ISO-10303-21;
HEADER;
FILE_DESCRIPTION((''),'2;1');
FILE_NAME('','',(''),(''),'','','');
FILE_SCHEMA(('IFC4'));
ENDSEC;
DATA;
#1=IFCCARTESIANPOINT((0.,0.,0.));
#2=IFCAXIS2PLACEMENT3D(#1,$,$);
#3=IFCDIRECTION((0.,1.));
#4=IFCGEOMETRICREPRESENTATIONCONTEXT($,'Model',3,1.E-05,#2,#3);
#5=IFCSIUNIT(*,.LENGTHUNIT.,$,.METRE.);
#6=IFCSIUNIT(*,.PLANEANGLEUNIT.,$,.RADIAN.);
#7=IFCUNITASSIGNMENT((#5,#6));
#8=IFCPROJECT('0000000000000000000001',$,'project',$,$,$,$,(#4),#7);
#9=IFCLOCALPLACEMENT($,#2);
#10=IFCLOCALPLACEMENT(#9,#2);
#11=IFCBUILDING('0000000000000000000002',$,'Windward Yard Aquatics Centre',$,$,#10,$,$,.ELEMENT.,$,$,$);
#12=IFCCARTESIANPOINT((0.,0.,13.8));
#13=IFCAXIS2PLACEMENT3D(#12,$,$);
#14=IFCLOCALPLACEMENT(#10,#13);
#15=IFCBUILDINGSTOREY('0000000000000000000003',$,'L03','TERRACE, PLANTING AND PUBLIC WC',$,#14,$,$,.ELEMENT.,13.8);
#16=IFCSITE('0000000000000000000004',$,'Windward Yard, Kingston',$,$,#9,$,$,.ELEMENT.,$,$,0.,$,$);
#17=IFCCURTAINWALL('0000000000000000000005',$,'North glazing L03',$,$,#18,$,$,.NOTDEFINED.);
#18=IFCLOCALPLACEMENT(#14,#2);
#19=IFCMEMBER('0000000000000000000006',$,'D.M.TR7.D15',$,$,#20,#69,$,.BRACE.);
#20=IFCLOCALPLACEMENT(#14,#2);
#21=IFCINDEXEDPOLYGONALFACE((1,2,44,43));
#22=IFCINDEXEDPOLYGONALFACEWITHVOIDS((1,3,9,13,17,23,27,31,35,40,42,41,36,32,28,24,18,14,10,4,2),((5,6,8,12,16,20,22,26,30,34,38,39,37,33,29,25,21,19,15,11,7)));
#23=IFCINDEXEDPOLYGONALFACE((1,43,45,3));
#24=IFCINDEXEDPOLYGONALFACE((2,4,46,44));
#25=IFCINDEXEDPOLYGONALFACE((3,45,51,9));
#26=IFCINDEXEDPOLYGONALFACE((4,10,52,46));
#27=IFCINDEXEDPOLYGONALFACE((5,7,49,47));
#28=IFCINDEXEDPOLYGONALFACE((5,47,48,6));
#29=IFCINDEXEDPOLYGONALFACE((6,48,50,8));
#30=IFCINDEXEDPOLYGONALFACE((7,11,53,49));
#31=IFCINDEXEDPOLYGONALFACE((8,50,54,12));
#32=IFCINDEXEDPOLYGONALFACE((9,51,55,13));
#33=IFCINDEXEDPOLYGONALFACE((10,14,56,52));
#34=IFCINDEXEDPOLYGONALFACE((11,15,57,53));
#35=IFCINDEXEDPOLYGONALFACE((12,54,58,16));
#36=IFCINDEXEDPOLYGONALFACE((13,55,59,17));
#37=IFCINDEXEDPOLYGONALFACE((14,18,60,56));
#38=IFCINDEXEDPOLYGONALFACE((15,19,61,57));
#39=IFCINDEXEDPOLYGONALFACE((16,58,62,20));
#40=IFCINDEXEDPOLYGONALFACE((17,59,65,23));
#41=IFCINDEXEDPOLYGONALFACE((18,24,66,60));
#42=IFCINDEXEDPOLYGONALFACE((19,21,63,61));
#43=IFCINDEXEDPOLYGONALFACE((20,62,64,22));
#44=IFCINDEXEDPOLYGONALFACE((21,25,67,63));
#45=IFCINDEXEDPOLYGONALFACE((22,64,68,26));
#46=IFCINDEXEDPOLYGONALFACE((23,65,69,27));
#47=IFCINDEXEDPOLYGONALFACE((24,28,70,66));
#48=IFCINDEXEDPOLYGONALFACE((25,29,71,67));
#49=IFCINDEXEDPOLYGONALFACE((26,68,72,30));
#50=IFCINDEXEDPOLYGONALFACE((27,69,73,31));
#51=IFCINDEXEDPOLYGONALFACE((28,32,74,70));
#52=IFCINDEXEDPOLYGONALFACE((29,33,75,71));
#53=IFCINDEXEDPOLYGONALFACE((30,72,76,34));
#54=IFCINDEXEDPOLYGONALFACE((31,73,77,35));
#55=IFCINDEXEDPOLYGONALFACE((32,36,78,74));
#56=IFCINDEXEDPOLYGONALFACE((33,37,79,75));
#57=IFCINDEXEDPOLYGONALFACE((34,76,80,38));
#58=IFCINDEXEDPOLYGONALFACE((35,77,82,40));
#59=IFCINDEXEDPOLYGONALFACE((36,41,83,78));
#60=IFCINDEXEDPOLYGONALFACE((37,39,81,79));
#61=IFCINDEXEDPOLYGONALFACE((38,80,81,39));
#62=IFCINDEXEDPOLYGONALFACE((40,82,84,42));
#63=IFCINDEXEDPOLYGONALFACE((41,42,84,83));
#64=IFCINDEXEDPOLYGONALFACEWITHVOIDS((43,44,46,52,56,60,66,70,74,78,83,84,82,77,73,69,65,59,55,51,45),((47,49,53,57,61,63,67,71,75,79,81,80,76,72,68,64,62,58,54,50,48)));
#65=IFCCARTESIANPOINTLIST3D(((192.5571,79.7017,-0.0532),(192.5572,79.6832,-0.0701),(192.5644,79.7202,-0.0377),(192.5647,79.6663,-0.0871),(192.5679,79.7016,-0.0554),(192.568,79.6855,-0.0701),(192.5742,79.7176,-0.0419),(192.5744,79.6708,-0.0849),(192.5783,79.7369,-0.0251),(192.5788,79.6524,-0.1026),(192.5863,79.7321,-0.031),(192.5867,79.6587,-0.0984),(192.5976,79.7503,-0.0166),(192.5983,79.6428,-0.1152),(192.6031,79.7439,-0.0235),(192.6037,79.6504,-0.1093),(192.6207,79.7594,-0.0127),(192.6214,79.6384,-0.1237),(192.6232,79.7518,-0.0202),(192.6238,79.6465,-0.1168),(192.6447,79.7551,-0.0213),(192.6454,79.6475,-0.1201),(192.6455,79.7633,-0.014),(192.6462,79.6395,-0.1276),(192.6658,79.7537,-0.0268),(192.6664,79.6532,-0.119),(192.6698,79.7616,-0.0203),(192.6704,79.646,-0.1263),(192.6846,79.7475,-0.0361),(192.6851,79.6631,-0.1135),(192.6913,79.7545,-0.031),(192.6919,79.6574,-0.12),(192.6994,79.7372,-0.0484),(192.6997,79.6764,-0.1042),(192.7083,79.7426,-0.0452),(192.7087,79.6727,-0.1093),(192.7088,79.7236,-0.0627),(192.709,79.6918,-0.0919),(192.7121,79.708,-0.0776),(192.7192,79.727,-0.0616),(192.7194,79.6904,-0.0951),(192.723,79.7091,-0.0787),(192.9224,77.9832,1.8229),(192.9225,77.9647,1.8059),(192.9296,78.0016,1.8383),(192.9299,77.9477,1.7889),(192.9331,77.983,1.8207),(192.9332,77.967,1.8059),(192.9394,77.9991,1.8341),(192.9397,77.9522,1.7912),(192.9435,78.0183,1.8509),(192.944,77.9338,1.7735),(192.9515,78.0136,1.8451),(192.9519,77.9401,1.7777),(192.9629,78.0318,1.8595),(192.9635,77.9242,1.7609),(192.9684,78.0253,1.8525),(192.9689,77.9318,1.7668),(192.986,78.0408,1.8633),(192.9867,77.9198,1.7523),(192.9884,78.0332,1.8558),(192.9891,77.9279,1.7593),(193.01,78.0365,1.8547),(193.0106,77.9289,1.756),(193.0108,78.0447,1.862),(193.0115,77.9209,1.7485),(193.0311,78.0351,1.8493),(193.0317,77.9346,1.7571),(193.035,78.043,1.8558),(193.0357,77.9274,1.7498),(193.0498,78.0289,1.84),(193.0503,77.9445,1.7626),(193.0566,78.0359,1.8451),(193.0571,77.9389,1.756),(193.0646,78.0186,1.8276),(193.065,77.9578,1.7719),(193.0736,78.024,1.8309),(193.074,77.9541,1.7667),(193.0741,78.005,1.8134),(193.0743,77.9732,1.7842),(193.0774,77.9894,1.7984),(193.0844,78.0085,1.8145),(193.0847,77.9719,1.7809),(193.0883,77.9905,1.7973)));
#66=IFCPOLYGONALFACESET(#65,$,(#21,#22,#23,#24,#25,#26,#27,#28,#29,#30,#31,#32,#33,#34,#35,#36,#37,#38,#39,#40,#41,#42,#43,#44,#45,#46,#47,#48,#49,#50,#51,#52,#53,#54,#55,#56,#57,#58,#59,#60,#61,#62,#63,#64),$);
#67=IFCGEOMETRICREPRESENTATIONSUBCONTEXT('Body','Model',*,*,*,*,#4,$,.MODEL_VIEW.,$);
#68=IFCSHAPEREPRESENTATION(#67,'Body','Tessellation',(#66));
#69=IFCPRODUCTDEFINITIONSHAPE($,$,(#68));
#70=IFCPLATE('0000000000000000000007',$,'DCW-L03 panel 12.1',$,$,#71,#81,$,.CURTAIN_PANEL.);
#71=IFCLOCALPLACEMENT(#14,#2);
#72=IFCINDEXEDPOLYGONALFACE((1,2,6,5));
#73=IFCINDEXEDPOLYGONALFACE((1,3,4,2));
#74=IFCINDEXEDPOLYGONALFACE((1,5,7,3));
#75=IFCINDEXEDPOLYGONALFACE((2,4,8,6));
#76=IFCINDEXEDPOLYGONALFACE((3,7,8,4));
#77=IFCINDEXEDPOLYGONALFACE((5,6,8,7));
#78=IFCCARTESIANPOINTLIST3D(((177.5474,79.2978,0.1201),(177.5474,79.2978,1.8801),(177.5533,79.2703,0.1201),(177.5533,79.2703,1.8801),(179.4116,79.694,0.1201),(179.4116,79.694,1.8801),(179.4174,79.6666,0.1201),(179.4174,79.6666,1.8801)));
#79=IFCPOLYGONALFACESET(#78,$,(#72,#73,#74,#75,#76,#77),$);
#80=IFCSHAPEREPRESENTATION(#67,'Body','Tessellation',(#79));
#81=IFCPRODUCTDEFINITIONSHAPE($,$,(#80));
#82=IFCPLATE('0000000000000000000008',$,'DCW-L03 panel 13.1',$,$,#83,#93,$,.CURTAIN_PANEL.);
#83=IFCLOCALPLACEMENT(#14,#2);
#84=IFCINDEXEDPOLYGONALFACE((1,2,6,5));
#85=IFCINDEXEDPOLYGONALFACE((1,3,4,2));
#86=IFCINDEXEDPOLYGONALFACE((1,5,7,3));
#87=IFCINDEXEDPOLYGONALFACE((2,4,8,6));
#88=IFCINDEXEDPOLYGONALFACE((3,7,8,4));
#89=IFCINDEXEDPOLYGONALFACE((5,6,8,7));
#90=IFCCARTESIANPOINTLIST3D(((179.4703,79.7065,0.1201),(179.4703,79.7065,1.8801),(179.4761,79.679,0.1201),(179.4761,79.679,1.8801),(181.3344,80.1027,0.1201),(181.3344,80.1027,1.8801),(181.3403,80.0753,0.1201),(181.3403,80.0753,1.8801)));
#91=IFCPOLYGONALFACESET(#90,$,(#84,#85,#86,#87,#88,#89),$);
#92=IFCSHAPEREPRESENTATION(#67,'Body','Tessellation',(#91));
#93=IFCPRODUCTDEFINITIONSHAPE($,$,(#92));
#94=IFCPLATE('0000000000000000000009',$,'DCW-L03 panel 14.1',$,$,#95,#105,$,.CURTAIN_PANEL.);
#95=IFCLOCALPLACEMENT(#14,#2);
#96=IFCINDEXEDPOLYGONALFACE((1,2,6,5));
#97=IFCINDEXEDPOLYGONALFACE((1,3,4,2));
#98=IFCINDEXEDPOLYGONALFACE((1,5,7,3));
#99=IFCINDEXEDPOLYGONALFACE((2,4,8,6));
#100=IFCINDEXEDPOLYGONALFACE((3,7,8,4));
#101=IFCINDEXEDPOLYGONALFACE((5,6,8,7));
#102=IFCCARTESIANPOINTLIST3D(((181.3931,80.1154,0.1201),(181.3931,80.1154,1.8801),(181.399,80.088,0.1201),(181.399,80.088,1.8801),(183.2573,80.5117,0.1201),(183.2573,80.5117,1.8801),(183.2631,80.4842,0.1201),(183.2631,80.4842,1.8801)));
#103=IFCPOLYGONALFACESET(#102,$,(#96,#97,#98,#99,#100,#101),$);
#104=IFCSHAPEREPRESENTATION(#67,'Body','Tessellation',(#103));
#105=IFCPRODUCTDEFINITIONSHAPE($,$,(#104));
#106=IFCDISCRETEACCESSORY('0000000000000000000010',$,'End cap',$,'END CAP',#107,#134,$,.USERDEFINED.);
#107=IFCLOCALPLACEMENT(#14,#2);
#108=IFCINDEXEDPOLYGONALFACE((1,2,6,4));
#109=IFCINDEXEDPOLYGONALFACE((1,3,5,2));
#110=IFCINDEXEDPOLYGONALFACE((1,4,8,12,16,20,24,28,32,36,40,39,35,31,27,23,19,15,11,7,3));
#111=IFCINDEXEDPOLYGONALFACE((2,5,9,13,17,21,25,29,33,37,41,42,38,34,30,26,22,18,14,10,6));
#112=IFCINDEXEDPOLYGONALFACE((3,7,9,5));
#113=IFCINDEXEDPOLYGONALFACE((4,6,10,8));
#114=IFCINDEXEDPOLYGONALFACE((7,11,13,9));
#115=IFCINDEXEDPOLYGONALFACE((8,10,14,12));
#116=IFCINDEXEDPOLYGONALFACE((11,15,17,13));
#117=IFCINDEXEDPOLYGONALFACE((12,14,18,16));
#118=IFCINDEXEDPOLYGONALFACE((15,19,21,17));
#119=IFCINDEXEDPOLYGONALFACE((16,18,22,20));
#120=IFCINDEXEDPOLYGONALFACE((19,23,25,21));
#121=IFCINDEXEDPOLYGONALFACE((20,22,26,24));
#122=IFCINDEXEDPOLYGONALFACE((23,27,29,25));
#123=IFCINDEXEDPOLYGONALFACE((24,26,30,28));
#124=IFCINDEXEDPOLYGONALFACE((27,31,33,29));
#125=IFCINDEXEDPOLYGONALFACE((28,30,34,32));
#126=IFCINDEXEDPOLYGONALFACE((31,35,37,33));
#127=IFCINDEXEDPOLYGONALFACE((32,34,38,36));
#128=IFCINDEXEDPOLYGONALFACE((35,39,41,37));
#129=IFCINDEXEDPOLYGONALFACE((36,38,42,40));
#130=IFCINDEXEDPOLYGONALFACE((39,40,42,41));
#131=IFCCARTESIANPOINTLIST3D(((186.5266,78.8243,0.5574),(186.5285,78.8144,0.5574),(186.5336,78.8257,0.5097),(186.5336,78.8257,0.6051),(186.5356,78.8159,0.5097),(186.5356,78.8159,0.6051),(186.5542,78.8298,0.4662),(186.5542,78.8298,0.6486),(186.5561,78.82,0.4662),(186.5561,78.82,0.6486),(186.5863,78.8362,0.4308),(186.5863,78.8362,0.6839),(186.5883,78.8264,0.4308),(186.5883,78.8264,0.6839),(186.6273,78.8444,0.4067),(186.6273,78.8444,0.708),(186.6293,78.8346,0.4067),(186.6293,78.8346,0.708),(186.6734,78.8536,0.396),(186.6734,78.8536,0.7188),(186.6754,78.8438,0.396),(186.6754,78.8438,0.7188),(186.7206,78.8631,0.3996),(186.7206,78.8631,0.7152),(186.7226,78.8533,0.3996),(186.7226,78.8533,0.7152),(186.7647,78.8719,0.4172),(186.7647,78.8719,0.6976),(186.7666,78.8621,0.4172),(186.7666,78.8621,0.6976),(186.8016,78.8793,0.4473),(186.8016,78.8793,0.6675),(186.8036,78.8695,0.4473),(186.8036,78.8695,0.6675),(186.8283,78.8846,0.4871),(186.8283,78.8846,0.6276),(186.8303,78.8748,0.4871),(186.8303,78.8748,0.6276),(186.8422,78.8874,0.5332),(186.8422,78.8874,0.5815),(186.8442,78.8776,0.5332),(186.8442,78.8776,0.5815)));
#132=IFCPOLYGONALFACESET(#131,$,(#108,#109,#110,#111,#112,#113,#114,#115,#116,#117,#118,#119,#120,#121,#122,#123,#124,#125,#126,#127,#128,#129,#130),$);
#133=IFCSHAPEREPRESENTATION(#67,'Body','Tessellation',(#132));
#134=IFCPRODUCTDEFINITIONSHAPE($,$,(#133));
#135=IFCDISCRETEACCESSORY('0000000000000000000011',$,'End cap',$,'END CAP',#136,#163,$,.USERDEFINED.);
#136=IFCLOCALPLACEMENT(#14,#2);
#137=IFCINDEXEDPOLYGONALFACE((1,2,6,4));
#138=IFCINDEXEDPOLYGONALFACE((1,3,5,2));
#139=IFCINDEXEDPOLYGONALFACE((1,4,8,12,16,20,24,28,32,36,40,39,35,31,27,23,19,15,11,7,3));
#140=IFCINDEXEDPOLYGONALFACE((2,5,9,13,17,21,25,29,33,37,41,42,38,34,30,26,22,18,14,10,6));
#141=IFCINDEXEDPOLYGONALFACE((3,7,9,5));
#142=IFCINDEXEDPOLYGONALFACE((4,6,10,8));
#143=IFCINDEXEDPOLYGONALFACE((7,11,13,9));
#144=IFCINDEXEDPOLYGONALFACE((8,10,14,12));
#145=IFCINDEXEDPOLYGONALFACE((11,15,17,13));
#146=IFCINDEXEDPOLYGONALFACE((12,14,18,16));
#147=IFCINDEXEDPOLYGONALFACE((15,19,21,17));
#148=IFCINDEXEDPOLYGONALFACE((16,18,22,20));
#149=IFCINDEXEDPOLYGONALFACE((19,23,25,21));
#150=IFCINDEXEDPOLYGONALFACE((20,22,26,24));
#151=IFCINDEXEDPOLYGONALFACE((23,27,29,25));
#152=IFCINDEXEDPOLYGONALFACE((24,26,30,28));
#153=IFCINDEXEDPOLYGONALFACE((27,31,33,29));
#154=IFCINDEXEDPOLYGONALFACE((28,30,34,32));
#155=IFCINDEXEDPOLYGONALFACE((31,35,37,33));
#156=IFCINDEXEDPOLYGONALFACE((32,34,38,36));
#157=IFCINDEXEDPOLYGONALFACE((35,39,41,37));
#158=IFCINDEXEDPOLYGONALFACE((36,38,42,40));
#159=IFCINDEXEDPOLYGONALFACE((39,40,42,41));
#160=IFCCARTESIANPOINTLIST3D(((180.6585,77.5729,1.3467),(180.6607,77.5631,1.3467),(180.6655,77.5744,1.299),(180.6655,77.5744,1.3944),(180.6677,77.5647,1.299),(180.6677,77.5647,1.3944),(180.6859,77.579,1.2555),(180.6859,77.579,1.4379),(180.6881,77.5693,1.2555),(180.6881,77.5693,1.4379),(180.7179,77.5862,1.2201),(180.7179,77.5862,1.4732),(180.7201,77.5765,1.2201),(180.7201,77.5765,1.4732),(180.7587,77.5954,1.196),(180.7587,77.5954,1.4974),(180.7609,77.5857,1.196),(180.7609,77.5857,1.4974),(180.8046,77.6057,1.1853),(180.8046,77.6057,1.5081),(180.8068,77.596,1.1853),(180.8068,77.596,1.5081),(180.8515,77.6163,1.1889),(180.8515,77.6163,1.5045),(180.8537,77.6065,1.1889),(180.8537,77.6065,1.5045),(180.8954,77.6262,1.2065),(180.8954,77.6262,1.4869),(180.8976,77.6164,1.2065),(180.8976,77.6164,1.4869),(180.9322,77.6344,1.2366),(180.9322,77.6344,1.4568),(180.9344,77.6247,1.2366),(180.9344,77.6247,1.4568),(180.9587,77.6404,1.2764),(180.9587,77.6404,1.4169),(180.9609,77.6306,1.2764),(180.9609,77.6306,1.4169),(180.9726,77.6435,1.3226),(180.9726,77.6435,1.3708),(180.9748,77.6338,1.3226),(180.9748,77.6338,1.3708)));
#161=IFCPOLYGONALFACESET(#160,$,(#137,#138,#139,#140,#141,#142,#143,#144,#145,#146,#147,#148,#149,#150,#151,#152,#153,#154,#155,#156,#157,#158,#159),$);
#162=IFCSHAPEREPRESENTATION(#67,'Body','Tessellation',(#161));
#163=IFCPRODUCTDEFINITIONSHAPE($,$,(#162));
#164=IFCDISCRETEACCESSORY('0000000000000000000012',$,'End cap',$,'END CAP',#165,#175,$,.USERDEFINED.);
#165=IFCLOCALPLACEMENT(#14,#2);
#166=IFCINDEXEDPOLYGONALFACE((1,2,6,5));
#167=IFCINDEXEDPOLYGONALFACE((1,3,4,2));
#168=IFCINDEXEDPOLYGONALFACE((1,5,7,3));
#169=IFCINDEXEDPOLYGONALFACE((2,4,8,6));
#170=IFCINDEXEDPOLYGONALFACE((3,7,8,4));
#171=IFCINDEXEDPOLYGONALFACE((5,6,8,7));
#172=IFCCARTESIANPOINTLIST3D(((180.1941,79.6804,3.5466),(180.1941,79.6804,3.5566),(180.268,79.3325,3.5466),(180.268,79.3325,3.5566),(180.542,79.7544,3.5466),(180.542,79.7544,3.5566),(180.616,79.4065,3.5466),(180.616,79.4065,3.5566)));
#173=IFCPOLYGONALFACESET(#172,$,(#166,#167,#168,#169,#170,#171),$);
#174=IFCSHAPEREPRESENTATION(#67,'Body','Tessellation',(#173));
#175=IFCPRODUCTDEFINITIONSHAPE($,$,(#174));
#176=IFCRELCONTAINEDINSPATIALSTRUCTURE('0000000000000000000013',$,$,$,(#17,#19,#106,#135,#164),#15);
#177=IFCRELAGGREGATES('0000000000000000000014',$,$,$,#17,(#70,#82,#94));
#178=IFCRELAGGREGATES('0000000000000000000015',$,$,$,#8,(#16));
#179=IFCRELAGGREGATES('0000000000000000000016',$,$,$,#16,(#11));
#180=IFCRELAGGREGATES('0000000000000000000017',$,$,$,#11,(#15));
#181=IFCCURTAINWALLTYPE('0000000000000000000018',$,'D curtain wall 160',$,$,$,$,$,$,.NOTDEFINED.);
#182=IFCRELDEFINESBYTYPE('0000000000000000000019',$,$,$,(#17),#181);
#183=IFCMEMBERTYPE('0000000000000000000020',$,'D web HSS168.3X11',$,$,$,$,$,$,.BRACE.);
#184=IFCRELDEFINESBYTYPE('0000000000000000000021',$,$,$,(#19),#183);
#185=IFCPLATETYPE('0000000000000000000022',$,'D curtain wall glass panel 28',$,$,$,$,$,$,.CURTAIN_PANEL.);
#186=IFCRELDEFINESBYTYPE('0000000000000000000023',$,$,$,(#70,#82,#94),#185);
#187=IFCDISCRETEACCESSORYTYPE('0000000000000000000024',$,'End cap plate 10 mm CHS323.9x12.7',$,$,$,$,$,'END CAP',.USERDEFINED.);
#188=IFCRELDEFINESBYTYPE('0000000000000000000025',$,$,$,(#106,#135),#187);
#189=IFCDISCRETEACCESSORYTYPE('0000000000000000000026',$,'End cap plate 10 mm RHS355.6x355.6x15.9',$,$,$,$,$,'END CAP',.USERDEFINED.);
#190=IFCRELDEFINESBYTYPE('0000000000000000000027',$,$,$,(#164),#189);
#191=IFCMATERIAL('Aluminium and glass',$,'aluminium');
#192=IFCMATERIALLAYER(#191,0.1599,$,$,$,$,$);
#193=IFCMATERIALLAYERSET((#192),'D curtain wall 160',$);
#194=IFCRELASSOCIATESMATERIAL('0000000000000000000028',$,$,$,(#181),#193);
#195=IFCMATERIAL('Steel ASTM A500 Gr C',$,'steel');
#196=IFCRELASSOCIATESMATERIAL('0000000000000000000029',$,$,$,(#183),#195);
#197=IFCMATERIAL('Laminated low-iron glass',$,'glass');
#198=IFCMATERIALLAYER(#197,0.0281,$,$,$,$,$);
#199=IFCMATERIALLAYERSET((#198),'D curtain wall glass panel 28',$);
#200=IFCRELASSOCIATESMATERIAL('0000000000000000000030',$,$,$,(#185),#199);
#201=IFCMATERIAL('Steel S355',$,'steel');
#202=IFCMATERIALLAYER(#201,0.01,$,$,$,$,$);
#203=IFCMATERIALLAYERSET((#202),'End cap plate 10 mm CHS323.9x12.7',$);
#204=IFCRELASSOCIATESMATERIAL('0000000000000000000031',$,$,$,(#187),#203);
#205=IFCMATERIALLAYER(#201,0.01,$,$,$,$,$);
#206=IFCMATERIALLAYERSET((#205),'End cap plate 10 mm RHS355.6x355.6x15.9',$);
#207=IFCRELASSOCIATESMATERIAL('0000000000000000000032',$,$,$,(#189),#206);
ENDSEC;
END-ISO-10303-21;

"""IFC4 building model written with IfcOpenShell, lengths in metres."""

from ifc_helpers import new_model, si_unit, direction, frame, origin, origin_2d, place, context, subcontext, project, spatial, rectangle, circle, hollow_circle, extrude, material, layer, layer_set, material_profile, profile_set, type_object, element, aggregate, save


model = new_model("IFC4")

# Units and contexts
model_context = context("Model", 3, precision=1e-05, world=origin(), true_north=direction((0.0, 1.0)))
body_context = subcontext(model_context, "Body", "Model", "MODEL_VIEW")
ifc_project = project(units=[si_unit("LENGTHUNIT", "METRE"), si_unit("PLANEANGLEUNIT", "RADIAN")], contexts=[model_context])

# Site, building, storey
site_placement = place(None, origin())
site = spatial("IfcSite", under=ifc_project, at=site_placement, Name="Windward Yard, Kingston", CompositionType="ELEMENT", RefElevation=0.0)
building_placement = place(site_placement, origin())
building = spatial("IfcBuilding", under=site, at=building_placement, Name="Windward Yard Aquatics Centre", CompositionType="ELEMENT")
storey_placement = place(building_placement, frame((0.0, 0.0, 13.8)))
storey = spatial("IfcBuildingStorey", under=building, at=storey_placement, Name="L03", Description="TERRACE, PLANTING AND PUBLIC WC", CompositionType="ELEMENT", Elevation=13.8)

# Shared definitions
ifc_material_1 = material(Name="Steel ASTM A500 Gr C", Category="steel")

# Curtain wall
ifc_material_2 = material(Name="Aluminium and glass", Category="aluminium")
ifc_layer_1 = layer(ifc_material_2, 0.1599)
ifc_layer_set_1 = layer_set([ifc_layer_1], Name="D curtain wall 160")
curtain_wall_type = type_object("IfcCurtainWallType", Name="D curtain wall 160", PredefinedType="NOTDEFINED", material=ifc_layer_set_1)
curtain_wall_placement = place(storey_placement, origin())
curtain_wall = element("IfcCurtainWall", 1, at=curtain_wall_placement, inside=storey, type_object=curtain_wall_type, Name="North glazing L03", PredefinedType="NOTDEFINED")

# Member
ifc_material_profile_1 = material_profile(ifc_material_1, hollow_circle(Radius=0.0842, WallThickness=0.011, at=origin_2d()), Name="HSS168.3X11")
ifc_profile_set_1 = profile_set([ifc_material_profile_1], Name="Steel ASTM A500 Gr C")
member_type_1 = type_object("IfcMemberType", Name="D web HSS168.3X11", PredefinedType="BRACE", material=ifc_profile_set_1)
for number, where, z_axis, x_axis, name in (
    (2, (193.0049, 77.9822, 1.8059), (-0.142103, 0.668626, -0.729894), (-0.978153, -0.207887, 0.0), "D.M.TR7.D15"),
):
    element("IfcMember", number, at=place(storey_placement, frame(where, z_axis=z_axis, x_axis=x_axis)), inside=storey, type_object=member_type_1, Name=name, PredefinedType="BRACE", context=body_context, shape_type="SweptSolid", body=[
        extrude(hollow_circle(Radius=0.0842, WallThickness=0.011, at=origin_2d()), origin(), (0.0, 0.0, 1.0), 2.5703),
    ])

# Plates
ifc_material_3 = material(Name="Laminated low-iron glass", Category="glass")
ifc_layer_2 = layer(ifc_material_3, 0.0281)
ifc_layer_set_2 = layer_set([ifc_layer_2], Name="D curtain wall glass panel 28")
plate_type = type_object("IfcPlateType", Name="D curtain wall glass panel 28", PredefinedType="CURTAIN_PANEL", material=ifc_layer_set_2)
plate_1_placement = place(storey_placement, frame((178.4824, 79.4822, 0.1201), z_axis=(0.0, 0.0, 1.0), x_axis=(0.978148, 0.207912, 0.0)))
plate_1 = element("IfcPlate", 3, at=plate_1_placement, type_object=plate_type, Name="DCW-L03 panel 12.1", PredefinedType="CURTAIN_PANEL", context=body_context, shape_type="SweptSolid", body=[
    extrude(rectangle(XDim=1.9058, YDim=0.0281, at=origin_2d()), origin(), (0.0, 0.0, 1.0), 1.76),
])
plate_2_placement = place(storey_placement, frame((180.4053, 79.8909, 0.1201), z_axis=(0.0, 0.0, 1.0), x_axis=(0.978148, 0.207912, 0.0)))
plate_2 = element("IfcPlate", 4, at=plate_2_placement, type_object=plate_type, Name="DCW-L03 panel 13.1", PredefinedType="CURTAIN_PANEL", context=body_context, shape_type="SweptSolid", body=[
    extrude(rectangle(XDim=1.9058, YDim=0.0281, at=origin_2d()), origin(), (0.0, 0.0, 1.0), 1.76),
])
plate_3_placement = place(storey_placement, frame((182.3281, 80.2998, 0.1201), z_axis=(0.0, 0.0, 1.0), x_axis=(0.978148, 0.207912, 0.0)))
plate_3 = element("IfcPlate", 5, at=plate_3_placement, type_object=plate_type, Name="DCW-L03 panel 14.1", PredefinedType="CURTAIN_PANEL", context=body_context, shape_type="SweptSolid", body=[
    extrude(rectangle(XDim=1.9058, YDim=0.0281, at=origin_2d()), origin(), (0.0, 0.0, 1.0), 1.76),
])
aggregate(curtain_wall, [plate_1, plate_2, plate_3])

# Discrete accessories
ifc_material_4 = material(Name="Steel S355", Category="steel")
ifc_layer_3 = layer(ifc_material_4, 0.01)
ifc_layer_set_3 = layer_set([ifc_layer_3], Name="End cap plate 10 mm CHS323.9x12.7")
discrete_accessory_type_1 = type_object("IfcDiscreteAccessoryType", Name="End cap plate 10 mm CHS323.9x12.7", ElementType="END CAP", PredefinedType="USERDEFINED", material=ifc_layer_set_3)
for number, where, z_axis, x_axis, name in (
    (6, (186.6873, 78.8462, 0.5574), (-0.196116, 0.980581, 0.0), (-0.980581, -0.196116, 0.0), "End cap"),
    (7, (180.8186, 77.5986, 1.3467), (-0.219512, 0.97561, 0.0), (-0.97561, -0.219512, 0.0), "End cap"),
):
    element("IfcDiscreteAccessory", number, at=place(storey_placement, frame(where, z_axis=z_axis, x_axis=x_axis)), inside=storey, type_object=discrete_accessory_type_1, Name=name, ObjectType="END CAP", PredefinedType="USERDEFINED", context=body_context, shape_type="SweptSolid", body=[
        extrude(circle(Radius=0.1619, at=origin_2d()), origin(), (0.0, 0.0, 1.0), 0.01),
    ])
ifc_layer_4 = layer(ifc_material_4, 0.01)
ifc_layer_set_4 = layer_set([ifc_layer_4], Name="End cap plate 10 mm RHS355.6x355.6x15.9")
discrete_accessory_type_2 = type_object("IfcDiscreteAccessoryType", Name="End cap plate 10 mm RHS355.6x355.6x15.9", ElementType="END CAP", PredefinedType="USERDEFINED", material=ifc_layer_set_4)
discrete_accessory_placement = place(storey_placement, frame((180.405, 79.5435, 3.5466), z_axis=(0.0, 0.0, 1.0), x_axis=(0.978148, 0.207912, 0.0)))
element("IfcDiscreteAccessory", 8, at=discrete_accessory_placement, inside=storey, type_object=discrete_accessory_type_2, Name="End cap", ObjectType="END CAP", PredefinedType="USERDEFINED", context=body_context, shape_type="SweptSolid", body=[
    extrude(rectangle(XDim=0.3557, YDim=0.3557, at=origin_2d()), origin(), (0.0, 0.0, 1.0), 0.01),
])

save(model, "model.ifc")
